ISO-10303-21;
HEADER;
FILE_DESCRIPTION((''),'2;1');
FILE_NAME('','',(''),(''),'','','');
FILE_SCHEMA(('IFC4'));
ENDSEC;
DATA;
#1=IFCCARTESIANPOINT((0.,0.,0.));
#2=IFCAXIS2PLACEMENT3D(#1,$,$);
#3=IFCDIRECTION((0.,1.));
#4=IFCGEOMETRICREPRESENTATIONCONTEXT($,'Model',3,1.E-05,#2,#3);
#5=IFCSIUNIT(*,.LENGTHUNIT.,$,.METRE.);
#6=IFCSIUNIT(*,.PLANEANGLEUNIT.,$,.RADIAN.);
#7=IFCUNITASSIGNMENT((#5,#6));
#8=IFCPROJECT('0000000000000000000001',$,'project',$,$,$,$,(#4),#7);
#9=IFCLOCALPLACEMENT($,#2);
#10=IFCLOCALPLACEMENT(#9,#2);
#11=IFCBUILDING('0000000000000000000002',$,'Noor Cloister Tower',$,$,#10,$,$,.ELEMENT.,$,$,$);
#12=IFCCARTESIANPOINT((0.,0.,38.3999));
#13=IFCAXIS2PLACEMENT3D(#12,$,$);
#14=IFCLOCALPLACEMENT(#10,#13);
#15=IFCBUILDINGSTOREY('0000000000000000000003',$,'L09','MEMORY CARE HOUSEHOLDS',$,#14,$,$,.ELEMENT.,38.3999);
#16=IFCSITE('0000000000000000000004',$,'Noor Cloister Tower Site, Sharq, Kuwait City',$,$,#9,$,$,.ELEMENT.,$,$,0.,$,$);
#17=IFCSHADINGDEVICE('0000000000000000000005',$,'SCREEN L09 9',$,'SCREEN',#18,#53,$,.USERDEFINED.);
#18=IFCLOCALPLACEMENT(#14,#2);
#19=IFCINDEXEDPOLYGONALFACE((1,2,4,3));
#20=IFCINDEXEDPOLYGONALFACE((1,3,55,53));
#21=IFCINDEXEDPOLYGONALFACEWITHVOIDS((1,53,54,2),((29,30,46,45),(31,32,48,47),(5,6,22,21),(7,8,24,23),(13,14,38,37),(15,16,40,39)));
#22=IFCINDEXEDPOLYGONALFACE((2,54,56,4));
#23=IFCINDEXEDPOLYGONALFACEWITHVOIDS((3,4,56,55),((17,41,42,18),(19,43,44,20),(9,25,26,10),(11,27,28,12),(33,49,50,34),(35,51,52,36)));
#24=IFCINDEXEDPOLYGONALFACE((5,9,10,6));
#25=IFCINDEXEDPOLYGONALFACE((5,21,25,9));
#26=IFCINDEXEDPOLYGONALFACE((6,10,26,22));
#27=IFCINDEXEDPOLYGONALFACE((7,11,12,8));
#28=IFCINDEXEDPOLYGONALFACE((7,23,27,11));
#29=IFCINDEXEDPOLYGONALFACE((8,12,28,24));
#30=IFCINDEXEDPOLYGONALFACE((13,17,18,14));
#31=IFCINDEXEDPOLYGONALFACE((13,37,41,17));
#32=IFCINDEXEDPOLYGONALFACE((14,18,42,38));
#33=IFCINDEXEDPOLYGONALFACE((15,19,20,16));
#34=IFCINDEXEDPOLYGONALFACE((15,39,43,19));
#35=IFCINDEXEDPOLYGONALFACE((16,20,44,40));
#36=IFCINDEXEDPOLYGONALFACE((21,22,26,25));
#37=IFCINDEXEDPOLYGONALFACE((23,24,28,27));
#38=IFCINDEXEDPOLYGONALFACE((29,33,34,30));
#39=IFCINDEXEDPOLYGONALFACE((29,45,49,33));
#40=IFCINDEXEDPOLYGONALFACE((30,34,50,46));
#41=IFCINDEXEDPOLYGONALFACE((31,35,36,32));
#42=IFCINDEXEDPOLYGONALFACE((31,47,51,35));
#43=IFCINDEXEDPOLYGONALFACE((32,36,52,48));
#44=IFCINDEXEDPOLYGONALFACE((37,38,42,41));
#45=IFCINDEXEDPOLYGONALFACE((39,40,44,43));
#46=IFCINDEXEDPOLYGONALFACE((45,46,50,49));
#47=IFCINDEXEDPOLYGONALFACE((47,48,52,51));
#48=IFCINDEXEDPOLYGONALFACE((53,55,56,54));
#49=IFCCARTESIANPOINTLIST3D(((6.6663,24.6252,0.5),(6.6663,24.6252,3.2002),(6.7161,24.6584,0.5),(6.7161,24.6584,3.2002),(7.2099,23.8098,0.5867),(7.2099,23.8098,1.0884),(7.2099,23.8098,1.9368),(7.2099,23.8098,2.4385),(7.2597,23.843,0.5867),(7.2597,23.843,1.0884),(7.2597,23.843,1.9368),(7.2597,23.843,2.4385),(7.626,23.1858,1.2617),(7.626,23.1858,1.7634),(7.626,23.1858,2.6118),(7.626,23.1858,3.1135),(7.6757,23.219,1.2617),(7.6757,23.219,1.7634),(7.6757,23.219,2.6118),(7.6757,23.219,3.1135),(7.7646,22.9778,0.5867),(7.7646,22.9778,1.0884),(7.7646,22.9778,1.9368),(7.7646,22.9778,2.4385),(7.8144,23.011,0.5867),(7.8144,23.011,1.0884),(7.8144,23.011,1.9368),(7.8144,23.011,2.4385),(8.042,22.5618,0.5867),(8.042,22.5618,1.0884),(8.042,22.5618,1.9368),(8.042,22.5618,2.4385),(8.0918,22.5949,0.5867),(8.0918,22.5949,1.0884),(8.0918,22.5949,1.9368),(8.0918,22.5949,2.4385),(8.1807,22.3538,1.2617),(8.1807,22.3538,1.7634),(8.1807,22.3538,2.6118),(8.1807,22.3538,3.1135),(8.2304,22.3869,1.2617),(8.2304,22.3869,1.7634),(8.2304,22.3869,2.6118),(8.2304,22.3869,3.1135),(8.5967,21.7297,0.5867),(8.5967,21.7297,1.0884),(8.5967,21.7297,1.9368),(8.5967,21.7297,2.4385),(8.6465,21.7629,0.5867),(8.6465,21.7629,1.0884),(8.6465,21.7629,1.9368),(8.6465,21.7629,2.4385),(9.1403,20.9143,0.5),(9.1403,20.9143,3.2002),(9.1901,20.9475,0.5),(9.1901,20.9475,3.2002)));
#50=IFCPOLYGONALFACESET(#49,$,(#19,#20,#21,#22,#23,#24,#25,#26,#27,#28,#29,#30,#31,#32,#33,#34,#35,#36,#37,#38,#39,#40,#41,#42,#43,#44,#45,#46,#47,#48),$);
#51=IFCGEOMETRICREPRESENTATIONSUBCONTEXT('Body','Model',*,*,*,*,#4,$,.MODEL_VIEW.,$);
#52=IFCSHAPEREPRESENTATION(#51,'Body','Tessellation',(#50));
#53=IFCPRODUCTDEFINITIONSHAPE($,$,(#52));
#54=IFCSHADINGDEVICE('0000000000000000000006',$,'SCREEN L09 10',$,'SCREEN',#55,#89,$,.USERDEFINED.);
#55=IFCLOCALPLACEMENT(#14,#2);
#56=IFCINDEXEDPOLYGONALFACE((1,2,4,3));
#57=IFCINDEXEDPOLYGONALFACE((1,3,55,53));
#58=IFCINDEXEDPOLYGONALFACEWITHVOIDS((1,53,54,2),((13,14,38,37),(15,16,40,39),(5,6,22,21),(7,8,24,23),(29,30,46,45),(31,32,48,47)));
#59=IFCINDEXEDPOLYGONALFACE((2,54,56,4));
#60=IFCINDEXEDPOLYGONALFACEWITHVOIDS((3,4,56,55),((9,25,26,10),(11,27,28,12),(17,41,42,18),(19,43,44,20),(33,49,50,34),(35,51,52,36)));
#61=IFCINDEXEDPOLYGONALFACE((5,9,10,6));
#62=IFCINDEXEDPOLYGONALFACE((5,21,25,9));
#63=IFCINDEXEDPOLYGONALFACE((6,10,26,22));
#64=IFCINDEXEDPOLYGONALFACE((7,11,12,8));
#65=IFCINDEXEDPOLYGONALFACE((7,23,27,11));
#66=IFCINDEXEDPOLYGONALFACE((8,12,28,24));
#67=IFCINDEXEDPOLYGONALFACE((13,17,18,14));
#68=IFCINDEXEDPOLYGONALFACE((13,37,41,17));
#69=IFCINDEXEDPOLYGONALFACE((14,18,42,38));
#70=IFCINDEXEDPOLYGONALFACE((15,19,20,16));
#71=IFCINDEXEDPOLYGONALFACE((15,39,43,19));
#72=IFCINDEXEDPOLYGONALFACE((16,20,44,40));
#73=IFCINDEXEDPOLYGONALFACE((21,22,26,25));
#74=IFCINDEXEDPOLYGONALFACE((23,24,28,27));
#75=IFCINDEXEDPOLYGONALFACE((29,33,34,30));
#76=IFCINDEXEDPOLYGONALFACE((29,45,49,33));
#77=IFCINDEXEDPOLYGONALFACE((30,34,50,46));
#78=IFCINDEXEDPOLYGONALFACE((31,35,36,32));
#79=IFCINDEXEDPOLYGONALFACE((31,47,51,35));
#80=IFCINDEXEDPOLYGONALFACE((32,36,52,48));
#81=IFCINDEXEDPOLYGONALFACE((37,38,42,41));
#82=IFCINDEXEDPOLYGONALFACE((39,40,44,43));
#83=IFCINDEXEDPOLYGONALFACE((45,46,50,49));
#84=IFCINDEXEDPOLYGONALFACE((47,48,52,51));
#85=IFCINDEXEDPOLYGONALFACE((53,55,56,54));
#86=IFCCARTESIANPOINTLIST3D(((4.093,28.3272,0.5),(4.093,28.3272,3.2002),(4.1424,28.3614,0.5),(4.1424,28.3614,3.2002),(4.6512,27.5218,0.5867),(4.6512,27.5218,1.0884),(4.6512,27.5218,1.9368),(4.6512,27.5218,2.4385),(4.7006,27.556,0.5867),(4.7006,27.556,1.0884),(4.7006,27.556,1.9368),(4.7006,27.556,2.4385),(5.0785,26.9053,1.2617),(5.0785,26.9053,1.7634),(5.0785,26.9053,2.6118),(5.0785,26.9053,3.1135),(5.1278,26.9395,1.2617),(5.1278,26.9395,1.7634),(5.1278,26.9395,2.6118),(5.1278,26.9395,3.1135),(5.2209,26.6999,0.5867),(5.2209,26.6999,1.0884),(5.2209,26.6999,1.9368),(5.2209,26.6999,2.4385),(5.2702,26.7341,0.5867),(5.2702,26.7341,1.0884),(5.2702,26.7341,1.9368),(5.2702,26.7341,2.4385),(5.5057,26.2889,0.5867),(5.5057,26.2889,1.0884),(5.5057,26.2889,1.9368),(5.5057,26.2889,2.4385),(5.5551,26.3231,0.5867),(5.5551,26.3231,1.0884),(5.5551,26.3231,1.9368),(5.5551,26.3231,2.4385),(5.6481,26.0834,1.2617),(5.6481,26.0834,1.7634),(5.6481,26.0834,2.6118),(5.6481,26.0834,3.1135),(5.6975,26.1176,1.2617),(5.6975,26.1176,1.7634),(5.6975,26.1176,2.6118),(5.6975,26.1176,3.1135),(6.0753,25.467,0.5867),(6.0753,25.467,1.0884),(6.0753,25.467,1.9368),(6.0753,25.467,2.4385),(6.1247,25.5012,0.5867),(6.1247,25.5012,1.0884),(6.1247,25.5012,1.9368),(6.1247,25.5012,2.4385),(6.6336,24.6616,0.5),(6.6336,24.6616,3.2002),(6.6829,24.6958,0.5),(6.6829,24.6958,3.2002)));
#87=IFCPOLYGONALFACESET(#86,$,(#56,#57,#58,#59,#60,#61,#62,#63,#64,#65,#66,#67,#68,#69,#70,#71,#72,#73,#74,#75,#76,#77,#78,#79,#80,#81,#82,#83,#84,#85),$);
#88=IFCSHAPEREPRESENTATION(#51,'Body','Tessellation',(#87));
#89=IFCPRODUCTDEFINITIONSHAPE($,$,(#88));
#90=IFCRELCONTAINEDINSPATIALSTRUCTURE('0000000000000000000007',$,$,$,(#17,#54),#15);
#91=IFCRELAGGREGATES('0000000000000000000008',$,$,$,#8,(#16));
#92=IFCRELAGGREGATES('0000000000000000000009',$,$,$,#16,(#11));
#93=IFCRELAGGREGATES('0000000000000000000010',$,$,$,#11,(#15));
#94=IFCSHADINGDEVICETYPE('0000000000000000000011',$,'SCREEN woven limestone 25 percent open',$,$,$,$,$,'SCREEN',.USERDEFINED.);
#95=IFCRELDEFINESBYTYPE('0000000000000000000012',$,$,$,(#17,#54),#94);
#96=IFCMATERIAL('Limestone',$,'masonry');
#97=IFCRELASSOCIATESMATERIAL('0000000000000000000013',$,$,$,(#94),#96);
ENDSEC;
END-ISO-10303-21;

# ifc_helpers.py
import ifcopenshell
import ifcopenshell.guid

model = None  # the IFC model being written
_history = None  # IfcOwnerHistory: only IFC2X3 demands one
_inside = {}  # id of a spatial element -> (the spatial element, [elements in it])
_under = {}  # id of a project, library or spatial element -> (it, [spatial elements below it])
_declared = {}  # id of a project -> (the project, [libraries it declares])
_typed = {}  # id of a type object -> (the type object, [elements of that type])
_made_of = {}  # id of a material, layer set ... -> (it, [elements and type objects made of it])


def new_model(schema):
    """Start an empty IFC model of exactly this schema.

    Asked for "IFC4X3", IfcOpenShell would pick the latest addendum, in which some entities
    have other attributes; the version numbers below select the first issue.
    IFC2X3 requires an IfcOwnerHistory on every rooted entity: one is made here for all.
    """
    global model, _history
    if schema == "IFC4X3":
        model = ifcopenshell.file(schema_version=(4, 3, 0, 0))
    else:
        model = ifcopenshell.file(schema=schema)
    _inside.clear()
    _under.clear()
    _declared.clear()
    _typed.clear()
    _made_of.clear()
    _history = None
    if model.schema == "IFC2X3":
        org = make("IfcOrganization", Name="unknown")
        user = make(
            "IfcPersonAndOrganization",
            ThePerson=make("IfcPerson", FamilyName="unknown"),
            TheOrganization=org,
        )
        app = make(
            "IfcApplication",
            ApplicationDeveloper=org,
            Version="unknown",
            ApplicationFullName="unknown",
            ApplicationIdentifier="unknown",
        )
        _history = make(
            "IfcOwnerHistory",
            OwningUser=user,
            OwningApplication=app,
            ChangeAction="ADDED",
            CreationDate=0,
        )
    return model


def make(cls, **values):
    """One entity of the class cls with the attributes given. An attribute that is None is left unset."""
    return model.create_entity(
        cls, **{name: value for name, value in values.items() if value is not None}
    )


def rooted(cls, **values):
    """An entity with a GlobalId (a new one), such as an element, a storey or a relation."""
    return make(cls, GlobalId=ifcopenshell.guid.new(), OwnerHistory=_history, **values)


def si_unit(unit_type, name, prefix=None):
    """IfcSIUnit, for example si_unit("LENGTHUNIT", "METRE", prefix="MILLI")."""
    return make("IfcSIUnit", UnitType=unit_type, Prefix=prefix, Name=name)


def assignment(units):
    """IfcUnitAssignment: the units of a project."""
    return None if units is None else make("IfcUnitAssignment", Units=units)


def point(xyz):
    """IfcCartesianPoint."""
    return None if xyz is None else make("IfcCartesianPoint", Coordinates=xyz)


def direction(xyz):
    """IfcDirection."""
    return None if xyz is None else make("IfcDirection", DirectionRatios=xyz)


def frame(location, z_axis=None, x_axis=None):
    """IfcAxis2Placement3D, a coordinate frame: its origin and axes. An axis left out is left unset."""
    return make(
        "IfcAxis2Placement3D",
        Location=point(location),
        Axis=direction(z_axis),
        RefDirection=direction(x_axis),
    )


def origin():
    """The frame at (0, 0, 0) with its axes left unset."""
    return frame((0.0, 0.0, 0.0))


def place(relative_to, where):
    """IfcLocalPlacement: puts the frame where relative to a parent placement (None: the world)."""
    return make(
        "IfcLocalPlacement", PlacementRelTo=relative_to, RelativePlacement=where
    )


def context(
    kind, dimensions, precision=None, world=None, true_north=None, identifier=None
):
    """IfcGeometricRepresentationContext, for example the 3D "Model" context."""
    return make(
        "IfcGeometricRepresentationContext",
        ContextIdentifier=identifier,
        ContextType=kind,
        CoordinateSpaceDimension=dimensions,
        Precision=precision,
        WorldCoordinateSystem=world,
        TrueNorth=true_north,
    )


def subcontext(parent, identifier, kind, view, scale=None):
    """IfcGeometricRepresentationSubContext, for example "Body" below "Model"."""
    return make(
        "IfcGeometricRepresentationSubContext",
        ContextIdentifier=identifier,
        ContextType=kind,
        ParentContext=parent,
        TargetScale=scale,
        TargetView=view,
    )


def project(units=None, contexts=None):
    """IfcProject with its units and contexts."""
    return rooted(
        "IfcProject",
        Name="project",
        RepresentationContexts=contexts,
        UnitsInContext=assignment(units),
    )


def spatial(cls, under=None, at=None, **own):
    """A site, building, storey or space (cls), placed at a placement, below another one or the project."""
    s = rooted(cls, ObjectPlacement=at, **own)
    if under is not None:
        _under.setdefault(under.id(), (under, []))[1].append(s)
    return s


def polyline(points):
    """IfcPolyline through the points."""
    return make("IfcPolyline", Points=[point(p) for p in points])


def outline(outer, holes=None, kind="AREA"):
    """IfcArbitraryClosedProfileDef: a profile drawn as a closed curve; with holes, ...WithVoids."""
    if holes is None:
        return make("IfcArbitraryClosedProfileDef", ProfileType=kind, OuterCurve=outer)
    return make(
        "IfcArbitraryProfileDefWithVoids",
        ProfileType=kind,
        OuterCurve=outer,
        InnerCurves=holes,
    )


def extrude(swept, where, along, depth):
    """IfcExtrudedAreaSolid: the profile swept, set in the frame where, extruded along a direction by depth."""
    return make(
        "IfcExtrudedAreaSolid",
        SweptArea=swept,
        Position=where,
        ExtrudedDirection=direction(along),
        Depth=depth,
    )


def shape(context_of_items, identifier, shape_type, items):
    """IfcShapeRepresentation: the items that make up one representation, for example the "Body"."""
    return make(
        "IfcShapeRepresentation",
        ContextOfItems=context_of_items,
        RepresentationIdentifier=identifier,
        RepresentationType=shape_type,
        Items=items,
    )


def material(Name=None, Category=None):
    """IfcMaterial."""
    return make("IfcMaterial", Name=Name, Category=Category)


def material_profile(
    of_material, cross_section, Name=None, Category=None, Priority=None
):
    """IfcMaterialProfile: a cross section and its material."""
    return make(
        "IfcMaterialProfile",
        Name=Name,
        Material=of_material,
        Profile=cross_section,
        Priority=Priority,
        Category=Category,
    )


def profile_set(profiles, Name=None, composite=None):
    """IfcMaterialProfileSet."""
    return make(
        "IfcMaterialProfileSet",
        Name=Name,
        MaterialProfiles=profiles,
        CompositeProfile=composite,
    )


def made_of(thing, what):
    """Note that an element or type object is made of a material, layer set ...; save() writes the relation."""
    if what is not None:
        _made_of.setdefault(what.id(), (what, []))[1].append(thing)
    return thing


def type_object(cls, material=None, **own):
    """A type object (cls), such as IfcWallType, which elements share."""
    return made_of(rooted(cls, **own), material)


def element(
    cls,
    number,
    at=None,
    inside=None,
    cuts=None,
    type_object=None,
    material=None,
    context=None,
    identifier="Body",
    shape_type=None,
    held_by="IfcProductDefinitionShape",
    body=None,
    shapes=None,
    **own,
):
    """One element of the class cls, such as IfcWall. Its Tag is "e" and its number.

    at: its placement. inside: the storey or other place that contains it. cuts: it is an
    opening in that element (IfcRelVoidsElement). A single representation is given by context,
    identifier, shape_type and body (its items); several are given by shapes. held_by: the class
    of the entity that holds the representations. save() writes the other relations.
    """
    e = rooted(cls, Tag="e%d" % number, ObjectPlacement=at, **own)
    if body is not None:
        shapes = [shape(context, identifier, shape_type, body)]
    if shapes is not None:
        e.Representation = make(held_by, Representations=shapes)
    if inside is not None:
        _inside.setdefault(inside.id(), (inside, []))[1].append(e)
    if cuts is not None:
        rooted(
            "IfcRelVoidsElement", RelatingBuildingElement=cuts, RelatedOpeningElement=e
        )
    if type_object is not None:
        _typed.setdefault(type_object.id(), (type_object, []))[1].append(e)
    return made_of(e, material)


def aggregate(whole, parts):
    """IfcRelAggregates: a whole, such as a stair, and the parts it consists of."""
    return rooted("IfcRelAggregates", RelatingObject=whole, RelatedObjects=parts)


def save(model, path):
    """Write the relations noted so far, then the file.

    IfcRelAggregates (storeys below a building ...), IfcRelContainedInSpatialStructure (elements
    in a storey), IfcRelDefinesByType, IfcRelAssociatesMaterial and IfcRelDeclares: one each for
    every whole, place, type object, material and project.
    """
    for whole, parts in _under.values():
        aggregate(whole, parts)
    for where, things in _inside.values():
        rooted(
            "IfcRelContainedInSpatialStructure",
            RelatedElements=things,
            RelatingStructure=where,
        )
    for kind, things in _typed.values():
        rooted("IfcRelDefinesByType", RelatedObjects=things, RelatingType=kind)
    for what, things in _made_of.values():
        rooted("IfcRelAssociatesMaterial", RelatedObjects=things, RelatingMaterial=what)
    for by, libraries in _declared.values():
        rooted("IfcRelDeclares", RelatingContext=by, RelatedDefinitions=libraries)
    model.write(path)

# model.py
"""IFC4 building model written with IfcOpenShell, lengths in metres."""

from ifc_helpers import new_model, si_unit, direction, frame, origin, place, context, subcontext, project, spatial, polyline, outline, extrude, material, material_profile, profile_set, type_object, element, save


model = new_model("IFC4")

# Units and contexts
model_context = context("Model", 3, precision=1e-05, world=origin(), true_north=direction((0.0, 1.0)))
body_context = subcontext(model_context, "Body", "Model", "MODEL_VIEW")
ifc_project = project(units=[si_unit("LENGTHUNIT", "METRE"), si_unit("PLANEANGLEUNIT", "RADIAN")], contexts=[model_context])

# Site, building, storey
site_placement = place(None, origin())
site = spatial("IfcSite", under=ifc_project, at=site_placement, Name="Noor Cloister Tower Site, Sharq, Kuwait City", CompositionType="ELEMENT", RefElevation=0.0)
building_placement = place(site_placement, origin())
building = spatial("IfcBuilding", under=site, at=building_placement, Name="Noor Cloister Tower", CompositionType="ELEMENT")
storey_placement = place(building_placement, frame((0.0, 0.0, 38.3999)))
storey = spatial("IfcBuildingStorey", under=building, at=storey_placement, Name="L09", Description="MEMORY CARE HOUSEHOLDS", CompositionType="ELEMENT", Elevation=38.3999)

# Shading devices
ifc_material_1 = material(Name="Limestone", Category="masonry")
ifc_material_profile_1 = material_profile(ifc_material_1, outline(polyline([(-2.23, -1.3501), (2.23, -1.3501), (2.23, 1.3501), (-2.23, 1.3501), (-2.23, -1.3501)]), holes=[polyline([(-1.25, -1.2634), (-0.25, -1.2634), (-0.25, -0.7617), (-1.25, -0.7617), (-1.25, -1.2634)]), polyline([(0.25, -1.2634), (1.25, -1.2634), (1.25, -0.7617), (0.25, -0.7617), (0.25, -1.2634)]), polyline([(-0.5, -0.5884), (0.5, -0.5884), (0.5, -0.0867), (-0.5, -0.0867), (-0.5, -0.5884)]), polyline([(-1.25, 0.0867), (-0.25, 0.0867), (-0.25, 0.5884), (-1.25, 0.5884), (-1.25, 0.0867)]), polyline([(0.25, 0.0867), (1.25, 0.0867), (1.25, 0.5884), (0.25, 0.5884), (0.25, 0.0867)]), polyline([(-0.5, 0.7617), (0.5, 0.7617), (0.5, 1.2634), (-0.5, 1.2634), (-0.5, 0.7617)])]), Name="Woven screen 25 percent open")
ifc_profile_set_1 = profile_set([ifc_material_profile_1], Name="Limestone")
shading_device_type = type_object("IfcShadingDeviceType", Name="SCREEN woven limestone 25 percent open", ElementType="SCREEN", PredefinedType="USERDEFINED", material=ifc_profile_set_1)
shading_device_1_placement = place(storey_placement, frame((7.9033, 22.7698, 1.8501), z_axis=(0.83205, 0.5547, 0.0), x_axis=(-0.5547, 0.83205, 0.0)))
element("IfcShadingDevice", 1, at=shading_device_1_placement, inside=storey, type_object=shading_device_type, Name="SCREEN L09 9", ObjectType="SCREEN", PredefinedType="USERDEFINED", context=body_context, shape_type="SweptSolid", body=[
    extrude(outline(polyline([(-2.23, -1.3501), (2.23, -1.3501), (2.23, 1.3501), (-2.23, 1.3501), (-2.23, -1.3501)]), holes=[polyline([(-1.25, -1.2634), (-0.25, -1.2634), (-0.25, -0.7617), (-1.25, -0.7617), (-1.25, -1.2634)]), polyline([(0.25, -1.2634), (1.25, -1.2634), (1.25, -0.7617), (0.25, -0.7617), (0.25, -1.2634)]), polyline([(-0.5, -0.5884), (0.5, -0.5884), (0.5, -0.0867), (-0.5, -0.0867), (-0.5, -0.5884)]), polyline([(-1.25, 0.0867), (-0.25, 0.0867), (-0.25, 0.5884), (-1.25, 0.5884), (-1.25, 0.0867)]), polyline([(0.25, 0.0867), (1.25, 0.0867), (1.25, 0.5884), (0.25, 0.5884), (0.25, 0.0867)]), polyline([(-0.5, 0.7617), (0.5, 0.7617), (0.5, 1.2634), (-0.5, 1.2634), (-0.5, 0.7617)])]), origin(), (0.0, 0.0, 1.0), 0.0598),
])
shading_device_2_placement = place(storey_placement, frame((5.3633, 26.4944, 1.8501), z_axis=(0.821899, 0.569633, 0.0), x_axis=(-0.569633, 0.821899, 0.0)))
element("IfcShadingDevice", 2, at=shading_device_2_placement, inside=storey, type_object=shading_device_type, Name="SCREEN L09 10", ObjectType="SCREEN", PredefinedType="USERDEFINED", context=body_context, shape_type="SweptSolid", body=[
    extrude(outline(polyline([(-2.23, -1.3501), (2.23, -1.3501), (2.23, 1.3501), (-2.23, 1.3501), (-2.23, -1.3501)]), holes=[polyline([(-1.25, -1.2634), (-0.25, -1.2634), (-0.25, -0.7617), (-1.25, -0.7617), (-1.25, -1.2634)]), polyline([(0.25, -1.2634), (1.25, -1.2634), (1.25, -0.7617), (0.25, -0.7617), (0.25, -1.2634)]), polyline([(-0.5, -0.5884), (0.5, -0.5884), (0.5, -0.0867), (-0.5, -0.0867), (-0.5, -0.5884)]), polyline([(-1.25, 0.0867), (-0.25, 0.0867), (-0.25, 0.5884), (-1.25, 0.5884), (-1.25, 0.0867)]), polyline([(0.25, 0.0867), (1.25, 0.0867), (1.25, 0.5884), (0.25, 0.5884), (0.25, 0.0867)]), polyline([(-0.5, 0.7617), (0.5, 0.7617), (0.5, 1.2634), (-0.5, 1.2634), (-0.5, 0.7617)])]), origin(), (0.0, 0.0, 1.0), 0.0601),
])

save(model, "model.ifc")
